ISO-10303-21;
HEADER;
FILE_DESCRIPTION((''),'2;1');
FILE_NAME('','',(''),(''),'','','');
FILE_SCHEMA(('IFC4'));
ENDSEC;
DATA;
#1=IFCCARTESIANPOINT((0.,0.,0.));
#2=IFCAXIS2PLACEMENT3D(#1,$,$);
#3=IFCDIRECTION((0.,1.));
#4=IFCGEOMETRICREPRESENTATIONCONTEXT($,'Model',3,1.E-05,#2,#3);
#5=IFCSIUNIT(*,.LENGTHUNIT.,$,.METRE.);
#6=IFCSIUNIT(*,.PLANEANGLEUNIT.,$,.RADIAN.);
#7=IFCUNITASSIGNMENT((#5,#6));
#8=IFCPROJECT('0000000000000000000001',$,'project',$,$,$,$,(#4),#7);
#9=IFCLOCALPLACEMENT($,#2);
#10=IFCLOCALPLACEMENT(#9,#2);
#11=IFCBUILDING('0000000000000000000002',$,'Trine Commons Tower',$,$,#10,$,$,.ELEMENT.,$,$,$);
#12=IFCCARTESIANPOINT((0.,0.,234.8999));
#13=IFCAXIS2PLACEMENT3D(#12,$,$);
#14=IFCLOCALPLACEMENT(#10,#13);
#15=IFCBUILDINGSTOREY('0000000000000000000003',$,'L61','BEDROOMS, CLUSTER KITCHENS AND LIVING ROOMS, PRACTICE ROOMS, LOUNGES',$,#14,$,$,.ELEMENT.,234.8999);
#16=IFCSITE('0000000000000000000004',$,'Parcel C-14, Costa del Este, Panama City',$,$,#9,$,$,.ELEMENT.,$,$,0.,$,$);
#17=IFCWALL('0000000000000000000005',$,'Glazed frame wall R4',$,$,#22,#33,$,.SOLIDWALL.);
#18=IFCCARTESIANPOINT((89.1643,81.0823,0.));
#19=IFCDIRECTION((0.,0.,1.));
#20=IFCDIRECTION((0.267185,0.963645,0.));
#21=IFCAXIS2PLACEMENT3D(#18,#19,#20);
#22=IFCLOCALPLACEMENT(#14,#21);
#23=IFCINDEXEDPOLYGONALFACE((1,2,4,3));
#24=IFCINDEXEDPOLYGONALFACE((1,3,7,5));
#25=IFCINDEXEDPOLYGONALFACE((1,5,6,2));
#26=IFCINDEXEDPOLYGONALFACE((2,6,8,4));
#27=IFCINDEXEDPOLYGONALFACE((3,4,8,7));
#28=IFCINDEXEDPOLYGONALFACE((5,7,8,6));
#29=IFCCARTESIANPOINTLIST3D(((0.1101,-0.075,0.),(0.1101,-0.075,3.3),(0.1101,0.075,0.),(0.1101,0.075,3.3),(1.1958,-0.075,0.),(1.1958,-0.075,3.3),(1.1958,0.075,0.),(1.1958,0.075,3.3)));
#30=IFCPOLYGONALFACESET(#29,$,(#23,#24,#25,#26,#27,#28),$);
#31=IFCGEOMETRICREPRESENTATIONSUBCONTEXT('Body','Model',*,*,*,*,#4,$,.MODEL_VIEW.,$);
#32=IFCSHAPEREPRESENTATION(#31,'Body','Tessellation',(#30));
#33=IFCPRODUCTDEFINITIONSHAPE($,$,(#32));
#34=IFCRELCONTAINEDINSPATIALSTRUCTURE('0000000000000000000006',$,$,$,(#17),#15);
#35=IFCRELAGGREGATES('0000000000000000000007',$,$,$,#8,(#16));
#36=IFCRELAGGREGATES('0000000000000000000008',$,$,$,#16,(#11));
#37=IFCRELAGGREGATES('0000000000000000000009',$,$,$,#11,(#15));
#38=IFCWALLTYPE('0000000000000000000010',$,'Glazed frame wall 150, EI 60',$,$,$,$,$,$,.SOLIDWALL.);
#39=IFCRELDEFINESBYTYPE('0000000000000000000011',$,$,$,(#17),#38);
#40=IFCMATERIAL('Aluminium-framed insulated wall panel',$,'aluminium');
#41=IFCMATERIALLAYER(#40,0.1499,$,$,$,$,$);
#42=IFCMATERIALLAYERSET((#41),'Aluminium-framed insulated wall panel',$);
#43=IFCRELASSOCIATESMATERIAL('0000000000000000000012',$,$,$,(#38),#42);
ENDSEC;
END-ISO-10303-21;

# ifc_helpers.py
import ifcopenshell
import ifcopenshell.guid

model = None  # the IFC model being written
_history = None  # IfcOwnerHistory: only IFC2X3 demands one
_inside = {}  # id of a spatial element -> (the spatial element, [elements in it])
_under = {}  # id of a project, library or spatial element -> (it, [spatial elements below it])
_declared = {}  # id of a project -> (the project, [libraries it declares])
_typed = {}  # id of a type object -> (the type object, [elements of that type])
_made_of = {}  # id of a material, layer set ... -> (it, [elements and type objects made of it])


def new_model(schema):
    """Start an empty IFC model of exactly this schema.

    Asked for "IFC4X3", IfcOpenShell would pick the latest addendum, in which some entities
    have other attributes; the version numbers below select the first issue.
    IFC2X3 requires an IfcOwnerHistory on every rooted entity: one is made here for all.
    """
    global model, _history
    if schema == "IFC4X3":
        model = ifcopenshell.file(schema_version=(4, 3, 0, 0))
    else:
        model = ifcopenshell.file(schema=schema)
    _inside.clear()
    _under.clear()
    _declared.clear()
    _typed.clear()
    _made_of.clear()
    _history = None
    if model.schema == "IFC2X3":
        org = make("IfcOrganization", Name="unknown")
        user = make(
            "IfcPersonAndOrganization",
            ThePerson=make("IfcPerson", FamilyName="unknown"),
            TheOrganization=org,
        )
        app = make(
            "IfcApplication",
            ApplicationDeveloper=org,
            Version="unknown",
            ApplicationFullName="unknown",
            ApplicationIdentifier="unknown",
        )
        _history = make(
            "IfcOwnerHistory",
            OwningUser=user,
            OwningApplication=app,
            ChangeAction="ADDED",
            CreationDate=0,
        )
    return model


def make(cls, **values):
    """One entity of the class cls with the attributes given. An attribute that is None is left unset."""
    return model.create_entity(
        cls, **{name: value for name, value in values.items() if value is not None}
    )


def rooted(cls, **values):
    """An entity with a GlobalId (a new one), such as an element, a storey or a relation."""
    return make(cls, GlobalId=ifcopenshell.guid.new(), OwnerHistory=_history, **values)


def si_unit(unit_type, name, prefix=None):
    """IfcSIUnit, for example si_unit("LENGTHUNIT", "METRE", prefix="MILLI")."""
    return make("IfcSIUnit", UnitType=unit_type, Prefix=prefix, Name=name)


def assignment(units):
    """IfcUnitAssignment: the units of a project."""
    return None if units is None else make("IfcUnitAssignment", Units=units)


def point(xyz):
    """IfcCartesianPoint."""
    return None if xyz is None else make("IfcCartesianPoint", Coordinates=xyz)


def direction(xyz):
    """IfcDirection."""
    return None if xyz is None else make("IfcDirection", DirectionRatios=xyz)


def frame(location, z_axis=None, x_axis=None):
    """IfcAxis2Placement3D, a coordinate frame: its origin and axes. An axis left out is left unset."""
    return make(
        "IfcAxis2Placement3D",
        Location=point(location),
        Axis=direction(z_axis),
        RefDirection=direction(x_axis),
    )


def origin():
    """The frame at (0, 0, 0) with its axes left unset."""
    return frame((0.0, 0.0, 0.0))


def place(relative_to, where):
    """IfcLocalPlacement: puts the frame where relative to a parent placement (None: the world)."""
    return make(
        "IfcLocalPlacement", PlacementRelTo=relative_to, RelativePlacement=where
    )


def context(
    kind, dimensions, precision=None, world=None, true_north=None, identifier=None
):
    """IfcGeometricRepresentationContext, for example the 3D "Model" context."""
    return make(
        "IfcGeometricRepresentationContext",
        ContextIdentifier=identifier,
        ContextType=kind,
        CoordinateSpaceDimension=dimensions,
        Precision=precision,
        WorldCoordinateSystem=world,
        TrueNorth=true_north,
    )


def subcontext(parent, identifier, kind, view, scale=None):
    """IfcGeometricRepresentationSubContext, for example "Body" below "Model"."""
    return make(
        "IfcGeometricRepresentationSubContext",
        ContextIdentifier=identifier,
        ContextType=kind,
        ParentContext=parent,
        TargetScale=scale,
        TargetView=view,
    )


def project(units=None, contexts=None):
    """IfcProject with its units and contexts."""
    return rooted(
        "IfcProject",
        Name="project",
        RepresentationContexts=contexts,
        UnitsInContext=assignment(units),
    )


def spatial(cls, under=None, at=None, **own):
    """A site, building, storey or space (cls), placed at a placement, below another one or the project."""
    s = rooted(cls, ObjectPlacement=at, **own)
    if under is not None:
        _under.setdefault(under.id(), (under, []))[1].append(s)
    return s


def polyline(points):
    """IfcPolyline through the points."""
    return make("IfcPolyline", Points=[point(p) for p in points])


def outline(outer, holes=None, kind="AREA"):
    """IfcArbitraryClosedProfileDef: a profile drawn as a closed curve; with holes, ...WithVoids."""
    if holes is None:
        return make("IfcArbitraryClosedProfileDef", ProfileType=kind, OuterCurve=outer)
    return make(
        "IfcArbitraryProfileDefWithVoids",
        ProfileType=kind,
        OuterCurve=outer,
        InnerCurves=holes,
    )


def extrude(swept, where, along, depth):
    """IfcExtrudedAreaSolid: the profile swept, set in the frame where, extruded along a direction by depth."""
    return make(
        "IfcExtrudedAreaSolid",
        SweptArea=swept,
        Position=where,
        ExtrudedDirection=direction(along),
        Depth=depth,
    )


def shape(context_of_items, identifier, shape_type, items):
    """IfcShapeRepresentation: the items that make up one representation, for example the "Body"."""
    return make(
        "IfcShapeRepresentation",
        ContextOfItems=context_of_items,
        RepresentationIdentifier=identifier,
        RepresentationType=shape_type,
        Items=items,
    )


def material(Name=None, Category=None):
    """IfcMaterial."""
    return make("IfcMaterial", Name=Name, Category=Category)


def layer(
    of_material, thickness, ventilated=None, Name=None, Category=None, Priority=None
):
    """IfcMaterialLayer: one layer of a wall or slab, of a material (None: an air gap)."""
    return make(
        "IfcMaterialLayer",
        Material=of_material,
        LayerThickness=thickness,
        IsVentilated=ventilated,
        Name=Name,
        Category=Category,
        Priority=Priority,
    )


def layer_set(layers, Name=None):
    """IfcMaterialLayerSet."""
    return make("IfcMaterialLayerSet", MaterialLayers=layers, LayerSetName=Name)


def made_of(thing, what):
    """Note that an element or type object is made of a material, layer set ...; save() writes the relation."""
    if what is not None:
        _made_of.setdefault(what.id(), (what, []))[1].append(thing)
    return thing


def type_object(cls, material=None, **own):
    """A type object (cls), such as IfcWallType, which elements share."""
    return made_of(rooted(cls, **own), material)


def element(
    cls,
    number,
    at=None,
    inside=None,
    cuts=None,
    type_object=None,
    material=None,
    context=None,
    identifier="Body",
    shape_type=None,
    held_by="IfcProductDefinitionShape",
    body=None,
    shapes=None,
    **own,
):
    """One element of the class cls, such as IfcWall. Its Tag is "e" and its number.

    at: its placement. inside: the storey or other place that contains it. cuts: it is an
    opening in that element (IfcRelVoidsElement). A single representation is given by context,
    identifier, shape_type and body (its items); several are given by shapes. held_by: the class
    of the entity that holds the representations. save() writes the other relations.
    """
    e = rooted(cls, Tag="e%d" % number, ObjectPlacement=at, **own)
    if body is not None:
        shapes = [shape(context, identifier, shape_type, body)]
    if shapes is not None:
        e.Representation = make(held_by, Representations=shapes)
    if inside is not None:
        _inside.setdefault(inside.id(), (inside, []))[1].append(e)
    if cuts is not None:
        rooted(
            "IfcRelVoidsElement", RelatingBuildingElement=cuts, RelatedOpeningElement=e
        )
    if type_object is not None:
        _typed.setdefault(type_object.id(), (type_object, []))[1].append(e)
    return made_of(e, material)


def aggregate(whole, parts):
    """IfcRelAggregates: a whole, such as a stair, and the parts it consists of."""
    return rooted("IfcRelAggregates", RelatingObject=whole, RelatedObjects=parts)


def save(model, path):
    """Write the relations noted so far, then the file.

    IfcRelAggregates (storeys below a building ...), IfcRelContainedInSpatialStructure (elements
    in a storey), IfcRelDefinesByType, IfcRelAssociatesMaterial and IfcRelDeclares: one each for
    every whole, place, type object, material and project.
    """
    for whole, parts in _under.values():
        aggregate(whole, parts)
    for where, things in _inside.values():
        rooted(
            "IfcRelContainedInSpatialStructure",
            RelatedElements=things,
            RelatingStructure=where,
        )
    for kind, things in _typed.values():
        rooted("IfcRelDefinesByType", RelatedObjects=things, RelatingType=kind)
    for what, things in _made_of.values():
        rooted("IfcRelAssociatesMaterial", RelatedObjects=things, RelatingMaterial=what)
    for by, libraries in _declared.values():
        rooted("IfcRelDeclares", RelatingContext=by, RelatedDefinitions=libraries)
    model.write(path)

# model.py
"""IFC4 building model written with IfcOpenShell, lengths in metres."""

from ifc_helpers import new_model, si_unit, direction, frame, origin, place, context, subcontext, project, spatial, polyline, outline, extrude, material, layer, layer_set, type_object, element, save


model = new_model("IFC4")

# Units and contexts
model_context = context("Model", 3, precision=1e-05, world=origin(), true_north=direction((0.0, 1.0)))
body_context = subcontext(model_context, "Body", "Model", "MODEL_VIEW")
ifc_project = project(units=[si_unit("LENGTHUNIT", "METRE"), si_unit("PLANEANGLEUNIT", "RADIAN")], contexts=[model_context])

# Site, building, storey
site_placement = place(None, origin())
site = spatial("IfcSite", under=ifc_project, at=site_placement, Name="Parcel C-14, Costa del Este, Panama City", CompositionType="ELEMENT", RefElevation=0.0)
building_placement = place(site_placement, origin())
building = spatial("IfcBuilding", under=site, at=building_placement, Name="Trine Commons Tower", CompositionType="ELEMENT")
storey_placement = place(building_placement, frame((0.0, 0.0, 234.8999)))
storey = spatial("IfcBuildingStorey", under=building, at=storey_placement, Name="L61", Description="BEDROOMS, CLUSTER KITCHENS AND LIVING ROOMS, PRACTICE ROOMS, LOUNGES", CompositionType="ELEMENT", Elevation=234.8999)

# Shared definitions
ifc_material_1 = material(Name="Aluminium-framed insulated wall panel", Category="aluminium")
ifc_layer_1 = layer(ifc_material_1, 0.1499)
ifc_layer_set_1 = layer_set([ifc_layer_1], Name="Aluminium-framed insulated wall panel")
wall_type_1 = type_object("IfcWallType", Name="Glazed frame wall 150, EI 60", PredefinedType="SOLIDWALL", material=ifc_layer_set_1)

# Wall
wall_1_placement = place(storey_placement, frame((89.1643, 81.0823, 0.0), z_axis=(0.0, 0.0, 1.0), x_axis=(0.267185, 0.963645, 0.0)))
element("IfcWall", 1, at=wall_1_placement, inside=storey, type_object=wall_type_1, Name="Glazed frame wall R4", PredefinedType="SOLIDWALL", context=body_context, shape_type="SweptSolid", body=[
    extrude(outline(polyline([(0.1101, 0.075), (0.1101, -0.075), (1.1958, -0.075), (1.1958, 0.075), (0.1101, 0.075)])), origin(), (0.0, 0.0, 1.0), 3.3),
])

save(model, "model.ifc")
